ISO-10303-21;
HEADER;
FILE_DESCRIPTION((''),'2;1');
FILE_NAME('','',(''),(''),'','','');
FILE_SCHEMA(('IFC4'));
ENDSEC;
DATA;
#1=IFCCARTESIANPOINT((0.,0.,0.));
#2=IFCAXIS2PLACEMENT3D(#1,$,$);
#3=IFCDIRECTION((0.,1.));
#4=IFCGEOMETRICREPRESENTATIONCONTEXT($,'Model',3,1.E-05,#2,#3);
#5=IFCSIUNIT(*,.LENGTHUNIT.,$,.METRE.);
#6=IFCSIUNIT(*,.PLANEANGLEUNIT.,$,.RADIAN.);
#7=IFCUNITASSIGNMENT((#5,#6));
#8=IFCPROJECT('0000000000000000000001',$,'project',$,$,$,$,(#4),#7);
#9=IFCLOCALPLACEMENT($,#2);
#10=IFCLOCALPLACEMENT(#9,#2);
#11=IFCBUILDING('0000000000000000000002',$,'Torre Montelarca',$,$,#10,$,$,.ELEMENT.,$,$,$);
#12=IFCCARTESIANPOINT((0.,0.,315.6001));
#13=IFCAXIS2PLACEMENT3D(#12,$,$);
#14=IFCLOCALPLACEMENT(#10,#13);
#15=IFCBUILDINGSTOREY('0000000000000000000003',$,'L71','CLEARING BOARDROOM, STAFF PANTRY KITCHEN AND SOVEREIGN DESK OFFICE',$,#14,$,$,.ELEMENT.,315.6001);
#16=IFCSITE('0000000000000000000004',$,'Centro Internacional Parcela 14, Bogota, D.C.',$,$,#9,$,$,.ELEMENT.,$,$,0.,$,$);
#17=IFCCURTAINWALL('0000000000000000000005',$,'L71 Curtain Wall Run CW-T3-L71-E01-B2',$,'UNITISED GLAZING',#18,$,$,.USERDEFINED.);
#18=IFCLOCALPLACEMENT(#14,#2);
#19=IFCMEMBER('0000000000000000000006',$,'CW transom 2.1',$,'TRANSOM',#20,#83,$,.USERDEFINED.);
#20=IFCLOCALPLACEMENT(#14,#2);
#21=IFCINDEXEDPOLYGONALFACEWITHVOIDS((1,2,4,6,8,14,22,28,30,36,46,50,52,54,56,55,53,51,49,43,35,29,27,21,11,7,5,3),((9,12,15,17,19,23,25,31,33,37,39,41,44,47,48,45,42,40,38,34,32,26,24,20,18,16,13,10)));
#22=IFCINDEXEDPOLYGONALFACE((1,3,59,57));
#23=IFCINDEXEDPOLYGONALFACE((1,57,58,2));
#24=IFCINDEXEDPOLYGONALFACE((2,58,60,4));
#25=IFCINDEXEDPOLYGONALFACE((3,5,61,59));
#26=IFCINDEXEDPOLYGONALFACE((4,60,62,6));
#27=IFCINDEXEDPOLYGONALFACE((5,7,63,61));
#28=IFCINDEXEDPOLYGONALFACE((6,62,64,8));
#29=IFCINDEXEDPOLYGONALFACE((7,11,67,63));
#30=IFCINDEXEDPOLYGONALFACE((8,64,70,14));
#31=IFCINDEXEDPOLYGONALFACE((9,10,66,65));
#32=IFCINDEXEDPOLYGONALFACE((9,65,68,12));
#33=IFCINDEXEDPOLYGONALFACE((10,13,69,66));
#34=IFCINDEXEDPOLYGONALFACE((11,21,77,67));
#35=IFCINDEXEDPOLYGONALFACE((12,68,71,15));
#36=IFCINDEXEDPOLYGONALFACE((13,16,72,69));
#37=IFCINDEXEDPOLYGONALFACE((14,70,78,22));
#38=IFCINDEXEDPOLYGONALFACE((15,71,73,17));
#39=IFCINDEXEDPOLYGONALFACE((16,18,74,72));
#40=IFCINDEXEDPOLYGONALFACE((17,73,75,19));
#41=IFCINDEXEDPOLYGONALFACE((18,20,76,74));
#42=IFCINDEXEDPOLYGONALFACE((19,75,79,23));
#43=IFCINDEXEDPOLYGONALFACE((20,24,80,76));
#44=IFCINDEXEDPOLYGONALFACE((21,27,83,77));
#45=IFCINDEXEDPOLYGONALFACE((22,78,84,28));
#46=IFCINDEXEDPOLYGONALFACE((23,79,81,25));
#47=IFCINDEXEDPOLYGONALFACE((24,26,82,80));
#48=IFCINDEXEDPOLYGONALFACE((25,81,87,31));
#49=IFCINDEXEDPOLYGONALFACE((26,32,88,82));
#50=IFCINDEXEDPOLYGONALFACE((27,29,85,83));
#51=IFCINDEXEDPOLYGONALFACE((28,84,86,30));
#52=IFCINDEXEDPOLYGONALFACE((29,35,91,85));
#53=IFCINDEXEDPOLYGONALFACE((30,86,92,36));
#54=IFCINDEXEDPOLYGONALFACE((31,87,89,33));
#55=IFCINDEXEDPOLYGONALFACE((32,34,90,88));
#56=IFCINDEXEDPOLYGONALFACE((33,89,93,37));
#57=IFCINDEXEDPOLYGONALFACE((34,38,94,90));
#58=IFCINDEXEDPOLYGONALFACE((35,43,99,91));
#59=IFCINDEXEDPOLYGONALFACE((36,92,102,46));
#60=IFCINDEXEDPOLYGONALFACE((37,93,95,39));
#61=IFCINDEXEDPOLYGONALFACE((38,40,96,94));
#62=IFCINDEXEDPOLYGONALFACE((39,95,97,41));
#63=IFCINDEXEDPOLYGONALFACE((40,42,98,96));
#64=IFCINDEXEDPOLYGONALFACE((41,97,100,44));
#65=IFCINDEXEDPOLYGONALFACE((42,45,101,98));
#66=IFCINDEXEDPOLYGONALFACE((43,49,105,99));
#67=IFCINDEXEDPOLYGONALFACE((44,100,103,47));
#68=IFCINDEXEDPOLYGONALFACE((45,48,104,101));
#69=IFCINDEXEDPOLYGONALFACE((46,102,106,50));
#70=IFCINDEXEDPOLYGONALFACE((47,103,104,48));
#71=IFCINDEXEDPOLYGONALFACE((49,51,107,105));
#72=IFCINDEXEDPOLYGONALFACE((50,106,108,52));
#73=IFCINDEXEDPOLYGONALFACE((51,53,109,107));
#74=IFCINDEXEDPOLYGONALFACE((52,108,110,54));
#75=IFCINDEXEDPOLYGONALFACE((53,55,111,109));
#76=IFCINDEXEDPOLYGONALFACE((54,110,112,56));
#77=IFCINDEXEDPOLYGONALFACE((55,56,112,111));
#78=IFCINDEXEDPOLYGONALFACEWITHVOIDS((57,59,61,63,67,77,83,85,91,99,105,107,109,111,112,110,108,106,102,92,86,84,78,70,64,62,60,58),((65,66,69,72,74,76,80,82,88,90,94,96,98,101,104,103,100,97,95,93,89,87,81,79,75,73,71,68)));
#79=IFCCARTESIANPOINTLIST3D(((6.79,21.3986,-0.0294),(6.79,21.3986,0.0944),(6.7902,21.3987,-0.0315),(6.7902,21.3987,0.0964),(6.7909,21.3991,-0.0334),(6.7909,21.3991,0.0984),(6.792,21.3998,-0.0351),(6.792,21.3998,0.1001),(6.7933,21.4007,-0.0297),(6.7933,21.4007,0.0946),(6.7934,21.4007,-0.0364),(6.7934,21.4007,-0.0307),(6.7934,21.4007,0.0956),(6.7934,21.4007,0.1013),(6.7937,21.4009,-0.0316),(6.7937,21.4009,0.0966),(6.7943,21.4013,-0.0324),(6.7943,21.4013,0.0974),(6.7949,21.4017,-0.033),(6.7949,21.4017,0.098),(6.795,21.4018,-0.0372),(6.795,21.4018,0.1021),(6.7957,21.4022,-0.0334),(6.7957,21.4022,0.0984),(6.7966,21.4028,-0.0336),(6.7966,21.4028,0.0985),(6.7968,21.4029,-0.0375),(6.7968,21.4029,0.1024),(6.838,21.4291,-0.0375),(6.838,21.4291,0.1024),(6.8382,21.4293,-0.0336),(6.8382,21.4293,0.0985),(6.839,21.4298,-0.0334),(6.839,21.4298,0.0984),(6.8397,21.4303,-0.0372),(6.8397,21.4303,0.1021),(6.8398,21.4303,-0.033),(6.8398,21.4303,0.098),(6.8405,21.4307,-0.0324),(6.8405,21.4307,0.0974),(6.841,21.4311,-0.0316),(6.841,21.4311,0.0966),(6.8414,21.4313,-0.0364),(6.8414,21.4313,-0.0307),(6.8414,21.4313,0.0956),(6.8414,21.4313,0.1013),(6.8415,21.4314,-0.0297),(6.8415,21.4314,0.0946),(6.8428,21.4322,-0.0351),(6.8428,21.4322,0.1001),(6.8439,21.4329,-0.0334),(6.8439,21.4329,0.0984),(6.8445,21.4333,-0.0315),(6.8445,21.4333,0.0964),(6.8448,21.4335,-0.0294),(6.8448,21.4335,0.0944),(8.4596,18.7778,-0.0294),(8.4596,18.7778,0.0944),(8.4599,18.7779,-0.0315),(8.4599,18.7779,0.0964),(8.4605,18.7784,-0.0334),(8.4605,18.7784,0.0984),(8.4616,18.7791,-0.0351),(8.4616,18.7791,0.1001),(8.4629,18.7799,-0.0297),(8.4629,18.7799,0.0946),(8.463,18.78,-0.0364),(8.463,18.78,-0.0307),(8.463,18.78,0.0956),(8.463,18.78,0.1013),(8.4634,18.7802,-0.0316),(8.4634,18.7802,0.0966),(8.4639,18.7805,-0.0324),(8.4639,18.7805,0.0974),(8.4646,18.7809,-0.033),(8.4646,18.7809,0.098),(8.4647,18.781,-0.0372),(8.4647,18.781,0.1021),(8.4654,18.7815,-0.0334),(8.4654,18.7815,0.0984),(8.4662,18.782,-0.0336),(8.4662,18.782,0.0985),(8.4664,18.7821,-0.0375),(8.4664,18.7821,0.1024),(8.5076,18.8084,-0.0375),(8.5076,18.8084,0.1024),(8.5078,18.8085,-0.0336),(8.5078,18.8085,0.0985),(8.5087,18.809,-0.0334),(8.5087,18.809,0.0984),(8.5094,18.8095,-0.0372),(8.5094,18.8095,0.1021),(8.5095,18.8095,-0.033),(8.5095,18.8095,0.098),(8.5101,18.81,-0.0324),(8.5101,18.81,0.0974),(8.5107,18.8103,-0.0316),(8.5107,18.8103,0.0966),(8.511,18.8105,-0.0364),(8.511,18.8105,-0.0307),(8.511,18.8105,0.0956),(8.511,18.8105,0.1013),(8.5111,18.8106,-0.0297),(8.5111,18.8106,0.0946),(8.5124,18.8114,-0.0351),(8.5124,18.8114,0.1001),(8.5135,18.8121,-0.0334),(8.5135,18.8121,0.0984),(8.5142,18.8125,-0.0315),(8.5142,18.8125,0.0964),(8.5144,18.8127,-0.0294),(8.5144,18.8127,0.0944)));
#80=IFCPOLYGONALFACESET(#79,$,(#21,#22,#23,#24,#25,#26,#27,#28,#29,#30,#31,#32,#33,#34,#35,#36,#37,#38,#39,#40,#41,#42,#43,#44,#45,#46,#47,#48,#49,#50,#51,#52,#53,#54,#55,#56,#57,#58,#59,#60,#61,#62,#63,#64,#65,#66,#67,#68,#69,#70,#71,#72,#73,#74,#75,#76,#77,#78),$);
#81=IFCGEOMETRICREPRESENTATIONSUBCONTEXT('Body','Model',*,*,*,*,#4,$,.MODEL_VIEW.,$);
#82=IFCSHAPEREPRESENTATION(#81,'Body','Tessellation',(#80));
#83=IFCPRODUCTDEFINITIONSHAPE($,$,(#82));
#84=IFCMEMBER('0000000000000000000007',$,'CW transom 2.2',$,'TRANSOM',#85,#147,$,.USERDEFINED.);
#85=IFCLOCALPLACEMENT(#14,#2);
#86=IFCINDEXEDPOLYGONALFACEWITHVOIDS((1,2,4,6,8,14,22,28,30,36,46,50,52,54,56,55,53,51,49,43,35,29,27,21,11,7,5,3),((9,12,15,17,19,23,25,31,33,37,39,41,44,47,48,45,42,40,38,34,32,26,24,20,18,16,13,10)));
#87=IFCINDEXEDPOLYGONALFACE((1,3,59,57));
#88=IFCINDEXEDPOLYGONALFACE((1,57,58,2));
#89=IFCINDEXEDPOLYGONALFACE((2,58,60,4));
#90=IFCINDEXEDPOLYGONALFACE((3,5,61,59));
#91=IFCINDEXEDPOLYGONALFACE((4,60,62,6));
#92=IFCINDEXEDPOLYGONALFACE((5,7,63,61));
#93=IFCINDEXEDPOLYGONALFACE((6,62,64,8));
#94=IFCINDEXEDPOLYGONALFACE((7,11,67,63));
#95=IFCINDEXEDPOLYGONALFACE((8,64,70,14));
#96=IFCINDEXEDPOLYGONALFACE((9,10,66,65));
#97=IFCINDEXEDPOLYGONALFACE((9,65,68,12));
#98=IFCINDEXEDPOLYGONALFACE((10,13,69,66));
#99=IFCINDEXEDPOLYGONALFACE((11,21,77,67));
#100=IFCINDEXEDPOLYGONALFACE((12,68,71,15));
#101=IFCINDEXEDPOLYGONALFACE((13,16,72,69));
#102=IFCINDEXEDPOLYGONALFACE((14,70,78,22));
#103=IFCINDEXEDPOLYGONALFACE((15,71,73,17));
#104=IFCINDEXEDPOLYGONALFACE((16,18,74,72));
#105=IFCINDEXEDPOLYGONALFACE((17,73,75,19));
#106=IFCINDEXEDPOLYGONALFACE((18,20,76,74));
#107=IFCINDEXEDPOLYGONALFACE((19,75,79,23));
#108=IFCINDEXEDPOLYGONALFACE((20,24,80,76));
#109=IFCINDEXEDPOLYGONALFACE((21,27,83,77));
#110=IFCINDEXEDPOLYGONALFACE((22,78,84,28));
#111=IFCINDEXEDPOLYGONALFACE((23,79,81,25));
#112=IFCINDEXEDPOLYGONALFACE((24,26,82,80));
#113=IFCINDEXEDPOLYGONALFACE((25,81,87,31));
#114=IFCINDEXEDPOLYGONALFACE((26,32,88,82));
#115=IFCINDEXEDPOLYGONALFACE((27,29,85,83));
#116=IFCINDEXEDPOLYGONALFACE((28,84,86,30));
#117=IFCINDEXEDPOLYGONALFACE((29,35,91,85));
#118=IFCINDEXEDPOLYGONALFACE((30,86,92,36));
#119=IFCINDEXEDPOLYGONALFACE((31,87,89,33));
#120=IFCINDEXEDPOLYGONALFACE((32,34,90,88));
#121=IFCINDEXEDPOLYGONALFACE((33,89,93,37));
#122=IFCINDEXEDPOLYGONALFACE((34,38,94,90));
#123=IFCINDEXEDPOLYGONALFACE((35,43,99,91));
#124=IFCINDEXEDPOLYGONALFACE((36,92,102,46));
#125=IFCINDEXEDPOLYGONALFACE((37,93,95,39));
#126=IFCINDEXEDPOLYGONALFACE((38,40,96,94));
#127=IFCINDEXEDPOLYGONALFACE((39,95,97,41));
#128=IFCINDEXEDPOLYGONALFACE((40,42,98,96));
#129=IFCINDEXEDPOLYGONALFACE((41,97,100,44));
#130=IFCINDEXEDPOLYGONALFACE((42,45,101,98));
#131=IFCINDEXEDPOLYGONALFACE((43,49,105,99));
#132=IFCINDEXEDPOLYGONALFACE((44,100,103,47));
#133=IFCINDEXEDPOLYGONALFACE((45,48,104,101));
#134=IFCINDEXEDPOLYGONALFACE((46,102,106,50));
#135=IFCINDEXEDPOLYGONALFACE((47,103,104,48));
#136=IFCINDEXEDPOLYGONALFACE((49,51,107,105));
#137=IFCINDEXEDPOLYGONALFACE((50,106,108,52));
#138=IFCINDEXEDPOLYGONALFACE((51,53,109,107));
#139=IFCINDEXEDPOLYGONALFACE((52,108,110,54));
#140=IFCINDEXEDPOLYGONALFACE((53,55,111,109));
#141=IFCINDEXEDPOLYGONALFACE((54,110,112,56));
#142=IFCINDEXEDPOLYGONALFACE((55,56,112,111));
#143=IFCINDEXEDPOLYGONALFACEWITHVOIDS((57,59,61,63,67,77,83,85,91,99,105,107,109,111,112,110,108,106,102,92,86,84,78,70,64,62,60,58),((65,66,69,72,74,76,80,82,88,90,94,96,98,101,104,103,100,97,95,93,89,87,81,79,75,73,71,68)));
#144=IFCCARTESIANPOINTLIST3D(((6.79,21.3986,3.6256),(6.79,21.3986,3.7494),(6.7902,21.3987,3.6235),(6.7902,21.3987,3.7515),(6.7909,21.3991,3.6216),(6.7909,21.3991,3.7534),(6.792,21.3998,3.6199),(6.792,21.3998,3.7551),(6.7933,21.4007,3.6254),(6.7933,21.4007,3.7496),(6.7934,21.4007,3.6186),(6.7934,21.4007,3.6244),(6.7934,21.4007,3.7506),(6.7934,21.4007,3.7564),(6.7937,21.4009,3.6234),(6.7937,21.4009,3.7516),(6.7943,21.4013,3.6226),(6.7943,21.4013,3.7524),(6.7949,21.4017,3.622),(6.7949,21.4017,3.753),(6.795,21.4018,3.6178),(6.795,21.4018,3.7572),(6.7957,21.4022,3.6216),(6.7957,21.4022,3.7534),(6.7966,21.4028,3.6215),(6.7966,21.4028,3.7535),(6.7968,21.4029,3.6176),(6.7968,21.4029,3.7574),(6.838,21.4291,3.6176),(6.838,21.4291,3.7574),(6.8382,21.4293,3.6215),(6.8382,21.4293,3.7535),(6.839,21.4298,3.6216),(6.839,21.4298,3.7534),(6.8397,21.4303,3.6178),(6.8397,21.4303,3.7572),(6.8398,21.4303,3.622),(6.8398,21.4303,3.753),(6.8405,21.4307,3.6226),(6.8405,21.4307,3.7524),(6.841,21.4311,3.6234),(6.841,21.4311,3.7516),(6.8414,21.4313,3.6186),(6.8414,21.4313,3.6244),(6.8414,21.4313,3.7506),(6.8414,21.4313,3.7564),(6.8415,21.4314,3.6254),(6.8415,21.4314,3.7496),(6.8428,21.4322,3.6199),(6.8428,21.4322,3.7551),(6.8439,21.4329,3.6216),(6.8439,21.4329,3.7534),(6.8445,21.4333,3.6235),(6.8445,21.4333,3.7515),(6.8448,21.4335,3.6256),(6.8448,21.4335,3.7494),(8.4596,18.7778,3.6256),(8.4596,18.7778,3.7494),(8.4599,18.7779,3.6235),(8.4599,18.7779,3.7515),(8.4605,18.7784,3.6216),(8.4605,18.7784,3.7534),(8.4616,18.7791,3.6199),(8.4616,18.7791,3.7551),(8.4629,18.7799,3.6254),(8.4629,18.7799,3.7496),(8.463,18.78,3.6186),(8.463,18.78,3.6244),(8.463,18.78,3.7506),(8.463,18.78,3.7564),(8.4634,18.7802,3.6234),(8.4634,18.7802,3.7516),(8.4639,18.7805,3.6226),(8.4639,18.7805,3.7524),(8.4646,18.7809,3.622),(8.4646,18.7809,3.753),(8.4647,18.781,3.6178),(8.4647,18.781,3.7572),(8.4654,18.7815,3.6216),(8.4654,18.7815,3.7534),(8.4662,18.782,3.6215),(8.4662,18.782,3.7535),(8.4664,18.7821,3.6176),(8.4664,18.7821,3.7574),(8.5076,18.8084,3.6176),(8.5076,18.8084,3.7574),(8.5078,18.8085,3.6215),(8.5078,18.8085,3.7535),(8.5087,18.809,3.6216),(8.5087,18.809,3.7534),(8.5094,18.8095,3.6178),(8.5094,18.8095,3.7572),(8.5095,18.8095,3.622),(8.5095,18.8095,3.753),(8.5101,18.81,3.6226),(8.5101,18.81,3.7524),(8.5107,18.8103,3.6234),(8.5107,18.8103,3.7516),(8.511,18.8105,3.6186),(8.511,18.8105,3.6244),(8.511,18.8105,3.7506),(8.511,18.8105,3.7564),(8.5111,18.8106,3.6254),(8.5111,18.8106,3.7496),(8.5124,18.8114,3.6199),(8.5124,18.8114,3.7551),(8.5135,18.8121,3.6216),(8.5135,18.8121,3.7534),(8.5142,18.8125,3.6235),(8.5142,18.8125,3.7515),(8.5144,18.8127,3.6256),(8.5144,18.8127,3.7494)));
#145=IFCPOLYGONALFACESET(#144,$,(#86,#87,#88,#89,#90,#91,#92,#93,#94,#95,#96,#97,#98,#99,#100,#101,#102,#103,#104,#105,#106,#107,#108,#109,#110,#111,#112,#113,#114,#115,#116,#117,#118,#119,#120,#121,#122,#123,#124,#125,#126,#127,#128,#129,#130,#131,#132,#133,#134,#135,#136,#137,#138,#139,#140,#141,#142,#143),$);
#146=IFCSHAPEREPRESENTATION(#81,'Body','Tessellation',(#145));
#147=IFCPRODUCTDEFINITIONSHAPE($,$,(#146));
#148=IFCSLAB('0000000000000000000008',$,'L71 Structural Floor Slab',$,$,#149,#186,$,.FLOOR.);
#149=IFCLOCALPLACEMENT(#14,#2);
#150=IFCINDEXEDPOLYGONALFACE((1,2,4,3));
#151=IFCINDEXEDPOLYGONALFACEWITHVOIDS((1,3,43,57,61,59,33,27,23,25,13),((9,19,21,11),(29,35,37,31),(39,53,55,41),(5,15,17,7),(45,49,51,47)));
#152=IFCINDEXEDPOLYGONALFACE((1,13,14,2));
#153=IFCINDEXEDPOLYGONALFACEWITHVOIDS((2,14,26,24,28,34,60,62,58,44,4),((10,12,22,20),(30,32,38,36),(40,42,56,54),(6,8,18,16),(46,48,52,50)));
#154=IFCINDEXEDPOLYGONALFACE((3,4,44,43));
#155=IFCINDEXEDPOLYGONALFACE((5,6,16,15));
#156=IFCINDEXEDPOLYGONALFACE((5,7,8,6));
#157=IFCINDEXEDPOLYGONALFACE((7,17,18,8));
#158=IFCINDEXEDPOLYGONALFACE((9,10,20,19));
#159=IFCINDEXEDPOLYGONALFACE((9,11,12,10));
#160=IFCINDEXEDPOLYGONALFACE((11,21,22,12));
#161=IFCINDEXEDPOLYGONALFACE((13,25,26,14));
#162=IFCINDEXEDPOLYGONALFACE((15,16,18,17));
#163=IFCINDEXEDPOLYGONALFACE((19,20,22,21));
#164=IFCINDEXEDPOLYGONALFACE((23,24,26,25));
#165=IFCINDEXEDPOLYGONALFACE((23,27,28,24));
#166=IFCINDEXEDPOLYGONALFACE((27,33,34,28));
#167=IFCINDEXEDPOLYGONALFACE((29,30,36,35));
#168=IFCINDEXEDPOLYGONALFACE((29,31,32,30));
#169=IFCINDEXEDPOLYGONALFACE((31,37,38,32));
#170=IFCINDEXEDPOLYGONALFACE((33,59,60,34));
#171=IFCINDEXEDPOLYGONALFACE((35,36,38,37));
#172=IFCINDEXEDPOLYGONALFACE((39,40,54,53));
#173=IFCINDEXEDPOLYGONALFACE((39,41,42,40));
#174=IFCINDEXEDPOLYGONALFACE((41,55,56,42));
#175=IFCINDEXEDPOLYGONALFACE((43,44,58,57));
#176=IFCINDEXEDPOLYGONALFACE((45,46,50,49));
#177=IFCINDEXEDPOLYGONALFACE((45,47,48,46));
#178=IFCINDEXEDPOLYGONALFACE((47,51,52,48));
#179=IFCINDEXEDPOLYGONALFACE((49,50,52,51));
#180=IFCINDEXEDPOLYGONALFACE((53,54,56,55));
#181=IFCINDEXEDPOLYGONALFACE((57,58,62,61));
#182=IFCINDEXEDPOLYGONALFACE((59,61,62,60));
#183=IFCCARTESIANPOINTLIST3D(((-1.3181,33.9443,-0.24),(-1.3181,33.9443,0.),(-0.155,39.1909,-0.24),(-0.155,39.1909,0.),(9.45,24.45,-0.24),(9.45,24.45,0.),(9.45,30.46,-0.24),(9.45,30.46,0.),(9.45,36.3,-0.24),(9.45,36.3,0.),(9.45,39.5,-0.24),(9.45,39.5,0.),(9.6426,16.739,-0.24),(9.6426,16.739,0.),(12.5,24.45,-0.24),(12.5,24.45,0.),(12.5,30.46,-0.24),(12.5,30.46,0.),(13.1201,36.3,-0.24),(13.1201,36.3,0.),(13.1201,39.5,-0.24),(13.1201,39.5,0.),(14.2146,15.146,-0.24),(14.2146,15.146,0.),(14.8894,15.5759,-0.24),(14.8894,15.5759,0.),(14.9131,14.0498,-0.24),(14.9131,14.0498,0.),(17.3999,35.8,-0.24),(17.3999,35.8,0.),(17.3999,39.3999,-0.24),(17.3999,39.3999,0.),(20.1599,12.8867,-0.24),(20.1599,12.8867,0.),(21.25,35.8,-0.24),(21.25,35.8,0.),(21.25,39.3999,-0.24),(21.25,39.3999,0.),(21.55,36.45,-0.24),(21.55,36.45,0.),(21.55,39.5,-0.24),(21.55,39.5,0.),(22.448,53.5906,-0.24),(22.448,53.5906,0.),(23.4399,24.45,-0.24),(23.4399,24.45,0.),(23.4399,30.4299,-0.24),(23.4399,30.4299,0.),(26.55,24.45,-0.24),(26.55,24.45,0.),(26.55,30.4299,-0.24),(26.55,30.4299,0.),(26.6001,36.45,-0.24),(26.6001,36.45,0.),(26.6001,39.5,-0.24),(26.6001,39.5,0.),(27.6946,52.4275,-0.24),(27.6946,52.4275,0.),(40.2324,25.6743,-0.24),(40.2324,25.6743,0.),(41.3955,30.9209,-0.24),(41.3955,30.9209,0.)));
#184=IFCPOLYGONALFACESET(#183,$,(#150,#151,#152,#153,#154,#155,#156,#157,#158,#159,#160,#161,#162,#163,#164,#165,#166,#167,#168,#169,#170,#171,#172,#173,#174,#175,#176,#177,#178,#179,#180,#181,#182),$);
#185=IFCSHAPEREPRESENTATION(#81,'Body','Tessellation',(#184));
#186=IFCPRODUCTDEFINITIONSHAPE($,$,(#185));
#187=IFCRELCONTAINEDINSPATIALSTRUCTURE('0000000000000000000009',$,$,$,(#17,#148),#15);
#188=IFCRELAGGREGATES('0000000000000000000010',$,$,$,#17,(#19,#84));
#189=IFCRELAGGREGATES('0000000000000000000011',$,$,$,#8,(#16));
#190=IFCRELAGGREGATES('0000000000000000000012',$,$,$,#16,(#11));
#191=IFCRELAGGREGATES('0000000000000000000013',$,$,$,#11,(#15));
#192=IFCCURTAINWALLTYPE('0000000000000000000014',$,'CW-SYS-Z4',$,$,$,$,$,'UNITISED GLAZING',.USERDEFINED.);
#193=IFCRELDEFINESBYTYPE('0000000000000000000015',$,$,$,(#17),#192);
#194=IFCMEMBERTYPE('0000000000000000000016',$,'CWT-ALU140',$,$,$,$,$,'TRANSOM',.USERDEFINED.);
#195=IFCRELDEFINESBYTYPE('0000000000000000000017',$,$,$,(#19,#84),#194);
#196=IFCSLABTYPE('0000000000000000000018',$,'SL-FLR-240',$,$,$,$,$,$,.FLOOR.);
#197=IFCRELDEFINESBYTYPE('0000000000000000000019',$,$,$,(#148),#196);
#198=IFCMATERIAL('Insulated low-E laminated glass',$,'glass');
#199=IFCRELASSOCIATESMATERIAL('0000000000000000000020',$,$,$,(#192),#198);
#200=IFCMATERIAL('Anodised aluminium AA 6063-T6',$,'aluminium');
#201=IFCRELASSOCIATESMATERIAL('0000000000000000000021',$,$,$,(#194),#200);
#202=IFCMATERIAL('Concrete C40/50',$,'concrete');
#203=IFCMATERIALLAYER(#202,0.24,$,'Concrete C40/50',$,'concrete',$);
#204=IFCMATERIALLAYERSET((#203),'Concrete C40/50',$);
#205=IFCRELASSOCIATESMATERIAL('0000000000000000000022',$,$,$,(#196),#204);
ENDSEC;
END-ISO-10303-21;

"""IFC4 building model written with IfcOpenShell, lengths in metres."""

from ifc_helpers import new_model, si_unit, direction, frame, origin, origin_2d, place, context, subcontext, project, spatial, polyline, hollow_rectangle, outline, extrude, source, transform, mapped, material, layer, layer_set, material_profile, profile_set, type_object, element, aggregate, save


model = new_model("IFC4")

# Units and contexts
model_context = context("Model", 3, precision=1e-05, world=origin(), true_north=direction((0.0, 1.0)))
body_context = subcontext(model_context, "Body", "Model", "MODEL_VIEW")
ifc_project = project(units=[si_unit("LENGTHUNIT", "METRE"), si_unit("PLANEANGLEUNIT", "RADIAN")], contexts=[model_context])

# Site, building, storey
site_placement = place(None, origin())
site = spatial("IfcSite", under=ifc_project, at=site_placement, Name="Centro Internacional Parcela 14, Bogota, D.C.", CompositionType="ELEMENT", RefElevation=0.0)
building_placement = place(site_placement, origin())
building = spatial("IfcBuilding", under=site, at=building_placement, Name="Torre Montelarca", CompositionType="ELEMENT")
storey_placement = place(building_placement, frame((0.0, 0.0, 315.6001)))
storey = spatial("IfcBuildingStorey", under=building, at=storey_placement, Name="L71", Description="CLEARING BOARDROOM, STAFF PANTRY KITCHEN AND SOVEREIGN DESK OFFICE", CompositionType="ELEMENT", Elevation=315.6001)

# Curtain wall
ifc_material_1 = material(Name="Insulated low-E laminated glass", Category="glass")
curtain_wall_type = type_object("IfcCurtainWallType", Name="CW-SYS-Z4", ElementType="UNITISED GLAZING", PredefinedType="USERDEFINED", material=ifc_material_1)
curtain_wall_1_placement = place(storey_placement, origin())
curtain_wall_1 = element("IfcCurtainWall", 1, at=curtain_wall_1_placement, inside=storey, type_object=curtain_wall_type, Name="L71 Curtain Wall Run CW-T3-L71-E01-B2", ObjectType="UNITISED GLAZING", PredefinedType="USERDEFINED")
ifc_material_2 = material(Name="Anodised aluminium AA 6063-T6", Category="aluminium")

# Members
ifc_material_profile_1 = material_profile(ifc_material_2, hollow_rectangle(XDim=0.0649, YDim=0.1399, WallThickness=0.0039, InnerFilletRadius=0.0039, OuterFilletRadius=0.0081, at=origin_2d()), Name="ALU65X140X4", Category="aluminium")
ifc_profile_set_1 = profile_set([ifc_material_profile_1], Name="Anodised aluminium AA 6063-T6")
member_type_1 = type_object("IfcMemberType", Name="CWT-ALU140", ElementType="TRANSOM", PredefinedType="USERDEFINED", material=ifc_profile_set_1)
shared_shape_1 = source(origin(), body_context, "Body", "SweptSolid", [
    extrude(hollow_rectangle(XDim=0.0649, YDim=0.1399, WallThickness=0.0039, InnerFilletRadius=0.0039, OuterFilletRadius=0.0081, at=origin_2d()), origin(), (0.0, 0.0, 1.0), 3.1074),
])
member_1_placement = place(storey_placement, frame((6.8174, 21.416, 0.0325), z_axis=(0.537302, -0.84339, 0.0), x_axis=(0.84339, 0.537302, 0.0)))
member_1 = element("IfcMember", 2, at=member_1_placement, type_object=member_type_1, Name="CW transom 2.1", ObjectType="TRANSOM", PredefinedType="USERDEFINED", context=body_context, shape_type="MappedRepresentation", body=[
    mapped(shared_shape_1, transform((0.0, 0.0, 0.0), scale=1.0)),
])
member_2_placement = place(storey_placement, frame((6.8174, 21.416, 3.6875), z_axis=(0.537302, -0.84339, 0.0), x_axis=(0.84339, 0.537302, 0.0)))
member_2 = element("IfcMember", 3, at=member_2_placement, type_object=member_type_1, Name="CW transom 2.2", ObjectType="TRANSOM", PredefinedType="USERDEFINED", context=body_context, shape_type="MappedRepresentation", body=[
    mapped(shared_shape_1, transform((0.0, 0.0, 0.0), scale=1.0)),
])

# Slab
ifc_material_3 = material(Name="Concrete C40/50", Category="concrete")
ifc_layer_1 = layer(ifc_material_3, 0.24, Name="Concrete C40/50", Category="concrete")
ifc_layer_set_1 = layer_set([ifc_layer_1], Name="Concrete C40/50")
slab_type_1 = type_object("IfcSlabType", Name="SL-FLR-240", PredefinedType="FLOOR", material=ifc_layer_set_1)
slab_1_placement = place(storey_placement, frame((0.0, 0.0, -0.24)))
element("IfcSlab", 4, at=slab_1_placement, inside=storey, type_object=slab_type_1, Name="L71 Structural Floor Slab", PredefinedType="FLOOR", context=body_context, shape_type="SweptSolid", body=[
    extrude(outline(polyline([(9.6426, 16.739), (14.8894, 15.5759), (14.2146, 15.146), (14.9131, 14.0498), (20.1599, 12.8867), (40.2324, 25.6743), (41.3955, 30.9209), (27.6946, 52.4275), (22.448, 53.5906), (-0.155, 39.1909), (-1.3181, 33.9443), (9.6426, 16.739)]), holes=[polyline([(26.55, 24.45), (23.4399, 24.45), (23.4399, 30.4299), (26.55, 30.4299), (26.55, 24.45)]), polyline([(12.5, 24.45), (9.45, 24.45), (9.45, 30.46), (12.5, 30.46), (12.5, 24.45)]), polyline([(21.25, 39.3999), (21.25, 35.8), (17.3999, 35.8), (17.3999, 39.3999), (21.25, 39.3999)]), polyline([(13.1201, 36.3), (9.45, 36.3), (9.45, 39.5), (13.1201, 39.5), (13.1201, 36.3)]), polyline([(26.6001, 36.45), (21.55, 36.45), (21.55, 39.5), (26.6001, 39.5), (26.6001, 36.45)])]), origin(), (0.0, 0.0, 1.0), 0.24),
])

aggregate(curtain_wall_1, [member_1, member_2])

save(model, "model.ifc")
